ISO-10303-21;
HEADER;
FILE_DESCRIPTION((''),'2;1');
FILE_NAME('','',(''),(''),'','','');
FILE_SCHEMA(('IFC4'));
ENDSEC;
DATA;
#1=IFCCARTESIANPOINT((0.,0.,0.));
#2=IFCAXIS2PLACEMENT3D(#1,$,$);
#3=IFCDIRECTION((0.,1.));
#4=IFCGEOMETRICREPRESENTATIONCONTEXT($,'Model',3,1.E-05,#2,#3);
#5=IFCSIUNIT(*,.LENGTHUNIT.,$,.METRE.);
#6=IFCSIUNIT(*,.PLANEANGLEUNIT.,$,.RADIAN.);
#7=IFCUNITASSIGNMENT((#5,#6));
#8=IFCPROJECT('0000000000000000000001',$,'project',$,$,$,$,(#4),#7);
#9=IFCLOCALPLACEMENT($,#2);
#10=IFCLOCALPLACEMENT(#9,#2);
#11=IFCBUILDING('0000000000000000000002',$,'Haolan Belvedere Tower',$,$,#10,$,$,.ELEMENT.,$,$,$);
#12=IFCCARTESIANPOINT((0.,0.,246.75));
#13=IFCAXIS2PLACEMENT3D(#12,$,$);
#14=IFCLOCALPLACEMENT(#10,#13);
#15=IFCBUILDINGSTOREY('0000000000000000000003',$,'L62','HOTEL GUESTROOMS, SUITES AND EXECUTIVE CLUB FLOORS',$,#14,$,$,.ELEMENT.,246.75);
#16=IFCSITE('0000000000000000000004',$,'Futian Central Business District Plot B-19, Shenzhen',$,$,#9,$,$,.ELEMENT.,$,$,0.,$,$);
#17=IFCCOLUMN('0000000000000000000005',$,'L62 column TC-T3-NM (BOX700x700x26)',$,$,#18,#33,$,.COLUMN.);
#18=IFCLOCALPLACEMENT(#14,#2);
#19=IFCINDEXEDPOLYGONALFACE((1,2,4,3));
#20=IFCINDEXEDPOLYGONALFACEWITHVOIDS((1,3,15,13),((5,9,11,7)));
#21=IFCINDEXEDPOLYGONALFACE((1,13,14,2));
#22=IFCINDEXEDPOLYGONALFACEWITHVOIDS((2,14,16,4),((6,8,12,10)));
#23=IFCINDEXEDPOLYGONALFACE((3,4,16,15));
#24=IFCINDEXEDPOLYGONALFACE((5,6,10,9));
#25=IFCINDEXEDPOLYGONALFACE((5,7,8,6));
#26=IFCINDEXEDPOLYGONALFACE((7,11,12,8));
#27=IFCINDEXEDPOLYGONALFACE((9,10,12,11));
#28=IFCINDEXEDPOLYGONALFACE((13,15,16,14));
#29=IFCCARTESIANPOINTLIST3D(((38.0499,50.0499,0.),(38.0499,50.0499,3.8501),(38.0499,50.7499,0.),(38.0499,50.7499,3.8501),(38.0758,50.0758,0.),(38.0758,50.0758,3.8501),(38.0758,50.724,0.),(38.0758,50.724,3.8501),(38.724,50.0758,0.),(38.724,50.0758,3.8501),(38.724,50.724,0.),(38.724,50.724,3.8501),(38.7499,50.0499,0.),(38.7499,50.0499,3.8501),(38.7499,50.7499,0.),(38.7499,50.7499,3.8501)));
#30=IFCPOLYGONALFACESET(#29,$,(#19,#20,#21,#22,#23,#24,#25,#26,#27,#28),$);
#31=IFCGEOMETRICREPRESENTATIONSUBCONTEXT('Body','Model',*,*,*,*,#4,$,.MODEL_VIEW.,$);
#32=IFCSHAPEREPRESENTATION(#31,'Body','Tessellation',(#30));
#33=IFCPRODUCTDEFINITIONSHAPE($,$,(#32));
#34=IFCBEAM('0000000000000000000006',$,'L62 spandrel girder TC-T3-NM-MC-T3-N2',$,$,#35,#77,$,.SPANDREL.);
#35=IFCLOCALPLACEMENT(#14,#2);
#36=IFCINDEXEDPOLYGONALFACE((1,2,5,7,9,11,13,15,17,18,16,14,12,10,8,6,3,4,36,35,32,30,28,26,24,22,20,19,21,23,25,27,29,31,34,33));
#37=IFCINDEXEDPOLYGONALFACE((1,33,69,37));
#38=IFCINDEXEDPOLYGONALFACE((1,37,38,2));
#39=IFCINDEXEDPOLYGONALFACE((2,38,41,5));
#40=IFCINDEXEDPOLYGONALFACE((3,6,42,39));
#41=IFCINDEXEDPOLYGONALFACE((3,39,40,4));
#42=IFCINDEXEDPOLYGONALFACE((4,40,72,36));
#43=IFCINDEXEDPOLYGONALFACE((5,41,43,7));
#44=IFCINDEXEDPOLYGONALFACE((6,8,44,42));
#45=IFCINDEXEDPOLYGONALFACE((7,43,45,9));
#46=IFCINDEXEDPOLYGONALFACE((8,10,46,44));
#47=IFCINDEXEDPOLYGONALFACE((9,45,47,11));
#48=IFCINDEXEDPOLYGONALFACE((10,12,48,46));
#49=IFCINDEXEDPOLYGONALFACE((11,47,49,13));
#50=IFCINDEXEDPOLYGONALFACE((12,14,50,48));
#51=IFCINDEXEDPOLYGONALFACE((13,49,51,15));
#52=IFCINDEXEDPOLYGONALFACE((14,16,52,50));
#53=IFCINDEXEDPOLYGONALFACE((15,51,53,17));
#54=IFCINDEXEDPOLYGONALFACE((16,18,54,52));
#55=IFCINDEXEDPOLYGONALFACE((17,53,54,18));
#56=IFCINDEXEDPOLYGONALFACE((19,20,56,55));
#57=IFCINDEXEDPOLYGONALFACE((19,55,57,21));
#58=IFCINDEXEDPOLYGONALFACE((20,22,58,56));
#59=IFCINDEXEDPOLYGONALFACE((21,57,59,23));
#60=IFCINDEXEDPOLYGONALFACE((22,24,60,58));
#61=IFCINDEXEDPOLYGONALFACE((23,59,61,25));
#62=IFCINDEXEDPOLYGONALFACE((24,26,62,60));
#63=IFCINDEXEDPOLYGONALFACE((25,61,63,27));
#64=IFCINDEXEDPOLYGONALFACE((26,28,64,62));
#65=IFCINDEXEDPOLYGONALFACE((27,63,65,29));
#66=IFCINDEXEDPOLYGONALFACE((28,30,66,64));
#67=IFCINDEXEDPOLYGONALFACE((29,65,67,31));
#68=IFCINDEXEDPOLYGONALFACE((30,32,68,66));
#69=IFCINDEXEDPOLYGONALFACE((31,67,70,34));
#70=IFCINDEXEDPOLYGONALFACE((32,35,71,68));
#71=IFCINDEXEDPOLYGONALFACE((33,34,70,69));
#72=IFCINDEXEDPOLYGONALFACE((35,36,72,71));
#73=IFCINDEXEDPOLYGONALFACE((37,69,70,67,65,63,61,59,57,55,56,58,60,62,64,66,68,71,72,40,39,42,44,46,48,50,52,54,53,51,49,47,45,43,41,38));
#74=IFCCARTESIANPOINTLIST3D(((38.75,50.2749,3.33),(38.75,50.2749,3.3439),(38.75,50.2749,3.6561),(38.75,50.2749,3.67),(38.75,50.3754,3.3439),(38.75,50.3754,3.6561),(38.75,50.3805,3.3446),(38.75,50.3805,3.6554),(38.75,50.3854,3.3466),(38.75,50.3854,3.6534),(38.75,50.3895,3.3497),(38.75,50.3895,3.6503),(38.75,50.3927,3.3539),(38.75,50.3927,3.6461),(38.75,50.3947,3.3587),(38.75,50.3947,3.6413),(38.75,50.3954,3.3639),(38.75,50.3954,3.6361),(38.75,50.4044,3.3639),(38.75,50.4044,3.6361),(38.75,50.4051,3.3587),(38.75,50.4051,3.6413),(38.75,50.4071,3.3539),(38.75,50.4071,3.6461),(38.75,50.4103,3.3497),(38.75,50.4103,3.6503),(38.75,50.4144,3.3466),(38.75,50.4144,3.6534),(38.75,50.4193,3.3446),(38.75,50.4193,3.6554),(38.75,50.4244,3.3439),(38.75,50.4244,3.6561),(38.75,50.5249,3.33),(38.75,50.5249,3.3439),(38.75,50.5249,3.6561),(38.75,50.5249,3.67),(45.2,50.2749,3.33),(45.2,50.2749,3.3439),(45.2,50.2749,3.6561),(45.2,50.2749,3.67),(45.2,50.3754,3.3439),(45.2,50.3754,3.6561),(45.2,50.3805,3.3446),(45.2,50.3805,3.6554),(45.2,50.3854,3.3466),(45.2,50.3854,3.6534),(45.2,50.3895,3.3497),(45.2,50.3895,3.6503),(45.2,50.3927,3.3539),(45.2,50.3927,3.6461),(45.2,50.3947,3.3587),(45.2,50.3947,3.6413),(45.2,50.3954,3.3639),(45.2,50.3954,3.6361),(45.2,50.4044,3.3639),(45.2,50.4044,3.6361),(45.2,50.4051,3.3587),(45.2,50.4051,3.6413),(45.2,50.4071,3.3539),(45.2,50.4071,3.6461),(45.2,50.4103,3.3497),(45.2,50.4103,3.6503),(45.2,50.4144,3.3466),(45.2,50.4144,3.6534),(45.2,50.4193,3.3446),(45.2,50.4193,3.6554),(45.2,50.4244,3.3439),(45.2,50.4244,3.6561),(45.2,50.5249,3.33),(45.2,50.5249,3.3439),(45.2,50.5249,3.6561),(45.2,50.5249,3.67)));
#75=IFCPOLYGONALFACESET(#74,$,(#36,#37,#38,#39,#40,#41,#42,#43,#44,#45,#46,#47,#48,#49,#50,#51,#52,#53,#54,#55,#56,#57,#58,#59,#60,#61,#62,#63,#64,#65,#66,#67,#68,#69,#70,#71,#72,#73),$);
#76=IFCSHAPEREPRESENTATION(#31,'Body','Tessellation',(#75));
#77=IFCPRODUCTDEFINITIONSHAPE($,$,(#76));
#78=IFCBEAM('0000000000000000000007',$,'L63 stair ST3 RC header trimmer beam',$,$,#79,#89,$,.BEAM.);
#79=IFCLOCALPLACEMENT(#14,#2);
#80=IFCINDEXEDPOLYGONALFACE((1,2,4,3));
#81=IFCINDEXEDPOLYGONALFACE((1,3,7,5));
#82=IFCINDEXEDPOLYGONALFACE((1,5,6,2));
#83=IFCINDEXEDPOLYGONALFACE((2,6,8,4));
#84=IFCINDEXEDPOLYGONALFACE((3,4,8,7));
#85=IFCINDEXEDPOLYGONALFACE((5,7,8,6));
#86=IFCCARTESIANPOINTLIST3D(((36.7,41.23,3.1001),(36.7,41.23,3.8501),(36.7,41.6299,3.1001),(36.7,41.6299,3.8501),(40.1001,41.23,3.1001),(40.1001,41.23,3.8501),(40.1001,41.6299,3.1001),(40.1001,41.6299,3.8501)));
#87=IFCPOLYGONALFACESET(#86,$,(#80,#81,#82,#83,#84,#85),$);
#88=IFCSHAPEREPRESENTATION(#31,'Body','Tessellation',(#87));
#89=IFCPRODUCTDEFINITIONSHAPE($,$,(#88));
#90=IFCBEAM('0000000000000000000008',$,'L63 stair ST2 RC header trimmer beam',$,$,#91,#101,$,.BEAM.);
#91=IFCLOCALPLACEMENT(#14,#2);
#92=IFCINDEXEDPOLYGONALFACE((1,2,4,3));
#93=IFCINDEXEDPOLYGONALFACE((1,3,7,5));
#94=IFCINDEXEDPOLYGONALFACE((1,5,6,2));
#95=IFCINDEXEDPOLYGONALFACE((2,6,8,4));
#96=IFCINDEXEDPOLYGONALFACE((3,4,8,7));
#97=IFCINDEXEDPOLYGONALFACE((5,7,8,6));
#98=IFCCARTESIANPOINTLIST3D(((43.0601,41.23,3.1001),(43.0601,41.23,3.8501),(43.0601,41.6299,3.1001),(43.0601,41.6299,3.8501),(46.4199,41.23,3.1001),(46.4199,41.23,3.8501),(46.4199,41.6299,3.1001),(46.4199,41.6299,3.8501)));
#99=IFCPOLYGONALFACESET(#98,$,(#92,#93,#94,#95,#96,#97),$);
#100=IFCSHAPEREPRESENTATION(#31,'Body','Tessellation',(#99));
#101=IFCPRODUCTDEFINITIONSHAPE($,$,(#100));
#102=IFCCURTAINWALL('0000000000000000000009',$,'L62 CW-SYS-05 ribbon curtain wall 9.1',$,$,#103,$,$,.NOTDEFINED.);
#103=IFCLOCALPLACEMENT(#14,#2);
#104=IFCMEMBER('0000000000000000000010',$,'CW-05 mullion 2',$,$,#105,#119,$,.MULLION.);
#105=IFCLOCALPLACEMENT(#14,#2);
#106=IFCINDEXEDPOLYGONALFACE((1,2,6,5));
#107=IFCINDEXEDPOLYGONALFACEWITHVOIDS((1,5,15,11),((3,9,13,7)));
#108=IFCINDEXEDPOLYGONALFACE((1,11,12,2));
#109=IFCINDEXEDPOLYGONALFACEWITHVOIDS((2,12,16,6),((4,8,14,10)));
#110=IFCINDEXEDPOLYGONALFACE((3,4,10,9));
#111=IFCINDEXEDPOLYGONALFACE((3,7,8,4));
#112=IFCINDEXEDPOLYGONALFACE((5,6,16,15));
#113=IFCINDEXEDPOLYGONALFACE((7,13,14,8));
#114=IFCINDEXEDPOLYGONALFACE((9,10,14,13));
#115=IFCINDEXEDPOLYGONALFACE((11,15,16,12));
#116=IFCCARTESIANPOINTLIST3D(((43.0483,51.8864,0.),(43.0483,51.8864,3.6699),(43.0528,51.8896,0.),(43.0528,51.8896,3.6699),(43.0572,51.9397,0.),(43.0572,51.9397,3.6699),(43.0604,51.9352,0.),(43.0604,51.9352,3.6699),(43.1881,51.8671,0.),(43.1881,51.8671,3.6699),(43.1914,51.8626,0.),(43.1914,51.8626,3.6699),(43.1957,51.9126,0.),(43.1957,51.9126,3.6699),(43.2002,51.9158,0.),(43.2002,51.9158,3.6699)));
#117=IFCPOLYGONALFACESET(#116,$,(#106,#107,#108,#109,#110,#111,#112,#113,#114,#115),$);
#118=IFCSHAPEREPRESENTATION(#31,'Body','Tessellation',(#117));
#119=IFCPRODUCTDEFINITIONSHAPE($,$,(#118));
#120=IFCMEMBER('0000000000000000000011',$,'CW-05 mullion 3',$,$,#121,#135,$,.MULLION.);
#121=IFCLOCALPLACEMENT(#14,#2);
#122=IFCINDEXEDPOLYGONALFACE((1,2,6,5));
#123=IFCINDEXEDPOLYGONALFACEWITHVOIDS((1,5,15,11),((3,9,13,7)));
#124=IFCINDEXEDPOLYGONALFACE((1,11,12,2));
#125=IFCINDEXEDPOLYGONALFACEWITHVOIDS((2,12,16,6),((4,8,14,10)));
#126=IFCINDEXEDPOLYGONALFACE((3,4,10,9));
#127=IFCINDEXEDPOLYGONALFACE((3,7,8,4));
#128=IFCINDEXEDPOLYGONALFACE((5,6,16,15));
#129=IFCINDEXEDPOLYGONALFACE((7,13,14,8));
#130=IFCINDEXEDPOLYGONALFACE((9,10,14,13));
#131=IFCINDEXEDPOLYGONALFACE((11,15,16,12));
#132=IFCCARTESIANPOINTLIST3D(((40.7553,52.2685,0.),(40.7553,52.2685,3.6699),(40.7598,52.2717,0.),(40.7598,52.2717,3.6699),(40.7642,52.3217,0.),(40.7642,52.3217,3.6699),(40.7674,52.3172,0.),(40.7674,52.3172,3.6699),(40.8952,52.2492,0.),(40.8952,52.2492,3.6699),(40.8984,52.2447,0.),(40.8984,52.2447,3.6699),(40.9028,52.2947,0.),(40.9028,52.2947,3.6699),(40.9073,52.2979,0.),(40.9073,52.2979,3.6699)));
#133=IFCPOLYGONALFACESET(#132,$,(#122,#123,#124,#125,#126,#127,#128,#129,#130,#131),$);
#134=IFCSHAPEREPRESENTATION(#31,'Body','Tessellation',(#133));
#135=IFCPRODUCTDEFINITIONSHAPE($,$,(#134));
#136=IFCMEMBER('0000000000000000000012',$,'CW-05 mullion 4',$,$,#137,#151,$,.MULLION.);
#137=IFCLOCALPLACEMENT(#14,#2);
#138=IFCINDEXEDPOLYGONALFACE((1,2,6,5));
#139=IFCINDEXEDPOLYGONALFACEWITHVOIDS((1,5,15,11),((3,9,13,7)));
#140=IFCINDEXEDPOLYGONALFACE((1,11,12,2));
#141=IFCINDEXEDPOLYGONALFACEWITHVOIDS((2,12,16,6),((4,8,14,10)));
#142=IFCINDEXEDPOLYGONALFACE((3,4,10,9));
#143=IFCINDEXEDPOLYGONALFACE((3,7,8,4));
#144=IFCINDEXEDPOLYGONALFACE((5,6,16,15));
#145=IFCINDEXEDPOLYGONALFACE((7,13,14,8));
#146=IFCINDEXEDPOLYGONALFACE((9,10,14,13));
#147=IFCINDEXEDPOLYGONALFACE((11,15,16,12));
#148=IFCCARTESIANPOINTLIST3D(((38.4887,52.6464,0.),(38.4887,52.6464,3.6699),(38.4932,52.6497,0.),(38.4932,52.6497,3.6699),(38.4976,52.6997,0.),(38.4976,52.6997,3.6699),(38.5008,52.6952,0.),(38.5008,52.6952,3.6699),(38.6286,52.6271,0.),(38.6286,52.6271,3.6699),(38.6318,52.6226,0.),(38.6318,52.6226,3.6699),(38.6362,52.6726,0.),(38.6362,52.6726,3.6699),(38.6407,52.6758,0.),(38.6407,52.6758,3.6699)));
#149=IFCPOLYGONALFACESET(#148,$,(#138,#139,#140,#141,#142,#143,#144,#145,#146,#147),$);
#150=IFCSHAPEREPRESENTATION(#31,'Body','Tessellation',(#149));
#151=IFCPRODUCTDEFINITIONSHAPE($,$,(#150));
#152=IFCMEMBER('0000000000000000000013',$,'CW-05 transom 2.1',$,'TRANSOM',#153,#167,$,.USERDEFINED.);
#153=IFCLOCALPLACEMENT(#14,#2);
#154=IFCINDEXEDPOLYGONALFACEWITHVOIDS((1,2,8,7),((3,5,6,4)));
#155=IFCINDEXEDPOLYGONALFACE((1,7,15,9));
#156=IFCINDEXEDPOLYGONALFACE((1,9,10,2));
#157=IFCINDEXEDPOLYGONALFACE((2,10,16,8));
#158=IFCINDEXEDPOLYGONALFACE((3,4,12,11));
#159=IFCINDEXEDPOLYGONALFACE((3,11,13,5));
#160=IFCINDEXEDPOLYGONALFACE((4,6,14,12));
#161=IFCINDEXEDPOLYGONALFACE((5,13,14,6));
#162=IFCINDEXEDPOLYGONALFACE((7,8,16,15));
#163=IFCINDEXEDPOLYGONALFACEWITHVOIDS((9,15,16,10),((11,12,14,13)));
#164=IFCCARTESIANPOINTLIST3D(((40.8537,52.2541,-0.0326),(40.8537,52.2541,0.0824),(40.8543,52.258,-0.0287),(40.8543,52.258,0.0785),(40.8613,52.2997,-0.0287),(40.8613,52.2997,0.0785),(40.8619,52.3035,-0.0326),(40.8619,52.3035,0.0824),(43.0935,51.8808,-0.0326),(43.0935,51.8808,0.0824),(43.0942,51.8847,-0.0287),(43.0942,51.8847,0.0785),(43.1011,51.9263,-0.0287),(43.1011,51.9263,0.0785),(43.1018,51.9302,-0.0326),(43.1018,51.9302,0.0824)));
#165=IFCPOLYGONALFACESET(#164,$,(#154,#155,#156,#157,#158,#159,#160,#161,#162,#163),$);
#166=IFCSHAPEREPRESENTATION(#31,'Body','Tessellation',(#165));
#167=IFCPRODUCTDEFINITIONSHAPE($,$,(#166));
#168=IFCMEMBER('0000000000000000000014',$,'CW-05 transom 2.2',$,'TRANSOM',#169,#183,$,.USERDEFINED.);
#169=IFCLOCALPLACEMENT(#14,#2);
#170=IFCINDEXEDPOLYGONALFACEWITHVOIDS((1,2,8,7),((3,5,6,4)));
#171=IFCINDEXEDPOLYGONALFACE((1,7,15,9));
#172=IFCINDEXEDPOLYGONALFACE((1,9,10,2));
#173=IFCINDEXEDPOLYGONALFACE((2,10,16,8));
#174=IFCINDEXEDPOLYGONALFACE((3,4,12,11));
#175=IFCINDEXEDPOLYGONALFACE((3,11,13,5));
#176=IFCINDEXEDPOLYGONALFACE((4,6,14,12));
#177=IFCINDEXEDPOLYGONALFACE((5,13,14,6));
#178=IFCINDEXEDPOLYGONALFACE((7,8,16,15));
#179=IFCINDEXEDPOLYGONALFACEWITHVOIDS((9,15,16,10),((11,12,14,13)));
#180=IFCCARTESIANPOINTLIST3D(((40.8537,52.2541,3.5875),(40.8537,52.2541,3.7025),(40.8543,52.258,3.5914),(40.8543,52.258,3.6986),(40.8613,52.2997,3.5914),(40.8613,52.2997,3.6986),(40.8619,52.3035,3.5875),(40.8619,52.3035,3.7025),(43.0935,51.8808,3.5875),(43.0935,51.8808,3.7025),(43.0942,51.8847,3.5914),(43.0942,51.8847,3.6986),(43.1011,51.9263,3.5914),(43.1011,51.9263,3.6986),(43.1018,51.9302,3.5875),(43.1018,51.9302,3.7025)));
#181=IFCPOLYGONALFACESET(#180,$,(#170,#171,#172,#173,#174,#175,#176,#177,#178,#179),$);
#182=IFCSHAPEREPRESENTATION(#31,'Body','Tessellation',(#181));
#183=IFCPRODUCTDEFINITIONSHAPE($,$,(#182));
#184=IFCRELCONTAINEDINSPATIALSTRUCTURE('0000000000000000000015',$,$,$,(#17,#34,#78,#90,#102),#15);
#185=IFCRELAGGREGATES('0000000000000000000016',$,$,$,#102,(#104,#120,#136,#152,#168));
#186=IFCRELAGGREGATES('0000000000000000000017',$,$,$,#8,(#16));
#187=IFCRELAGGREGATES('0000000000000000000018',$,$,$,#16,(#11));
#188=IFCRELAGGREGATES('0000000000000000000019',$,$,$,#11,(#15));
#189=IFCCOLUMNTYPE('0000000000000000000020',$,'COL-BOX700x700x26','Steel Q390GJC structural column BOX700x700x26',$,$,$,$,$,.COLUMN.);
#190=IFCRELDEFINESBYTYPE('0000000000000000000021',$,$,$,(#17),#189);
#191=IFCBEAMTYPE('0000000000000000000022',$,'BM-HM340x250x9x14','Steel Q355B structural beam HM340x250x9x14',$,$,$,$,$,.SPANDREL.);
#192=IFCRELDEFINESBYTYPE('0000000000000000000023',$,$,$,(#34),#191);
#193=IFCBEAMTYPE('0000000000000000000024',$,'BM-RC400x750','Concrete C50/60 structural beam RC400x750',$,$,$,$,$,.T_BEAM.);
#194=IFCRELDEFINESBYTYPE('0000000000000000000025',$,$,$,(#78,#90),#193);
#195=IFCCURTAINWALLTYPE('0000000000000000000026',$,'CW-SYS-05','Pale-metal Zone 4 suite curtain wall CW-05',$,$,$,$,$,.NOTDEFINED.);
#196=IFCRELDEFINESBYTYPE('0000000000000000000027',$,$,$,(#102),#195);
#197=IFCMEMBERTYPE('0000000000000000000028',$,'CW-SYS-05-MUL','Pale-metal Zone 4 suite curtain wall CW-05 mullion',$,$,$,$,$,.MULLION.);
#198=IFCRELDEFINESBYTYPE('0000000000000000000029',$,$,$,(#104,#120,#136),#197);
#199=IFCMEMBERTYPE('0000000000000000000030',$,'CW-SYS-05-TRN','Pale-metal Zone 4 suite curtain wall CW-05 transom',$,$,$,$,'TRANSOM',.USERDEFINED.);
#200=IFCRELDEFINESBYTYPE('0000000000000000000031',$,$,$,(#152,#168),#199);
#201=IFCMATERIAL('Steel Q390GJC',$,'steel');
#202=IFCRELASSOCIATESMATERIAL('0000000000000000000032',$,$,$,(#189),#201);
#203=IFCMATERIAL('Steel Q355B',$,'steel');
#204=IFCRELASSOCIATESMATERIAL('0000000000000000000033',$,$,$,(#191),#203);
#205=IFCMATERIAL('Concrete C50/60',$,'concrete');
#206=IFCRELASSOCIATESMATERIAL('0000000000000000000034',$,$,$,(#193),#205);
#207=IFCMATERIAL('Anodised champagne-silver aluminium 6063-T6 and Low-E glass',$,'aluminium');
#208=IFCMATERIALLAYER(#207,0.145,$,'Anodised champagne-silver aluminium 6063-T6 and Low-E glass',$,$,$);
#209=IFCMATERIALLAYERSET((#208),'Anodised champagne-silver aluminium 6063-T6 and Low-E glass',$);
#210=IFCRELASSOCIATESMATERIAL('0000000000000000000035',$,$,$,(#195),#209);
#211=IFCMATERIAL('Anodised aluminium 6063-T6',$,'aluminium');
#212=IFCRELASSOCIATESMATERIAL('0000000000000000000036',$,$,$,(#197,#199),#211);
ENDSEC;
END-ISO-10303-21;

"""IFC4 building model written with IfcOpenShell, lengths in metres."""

from ifc_helpers import new_model, si_unit, direction, frame, origin, origin_2d, place, context, subcontext, project, spatial, rectangle, hollow_rectangle, i_section, extrude, material, layer, layer_set, material_profile, profile_set, type_object, element, aggregate, save


model = new_model("IFC4")

# Units and contexts
model_context = context("Model", 3, precision=1e-05, world=origin(), true_north=direction((0.0, 1.0)))
body_context = subcontext(model_context, "Body", "Model", "MODEL_VIEW")
ifc_project = project(units=[si_unit("LENGTHUNIT", "METRE"), si_unit("PLANEANGLEUNIT", "RADIAN")], contexts=[model_context])

# Site, building, storey
site_placement = place(None, origin())
site = spatial("IfcSite", under=ifc_project, at=site_placement, Name="Futian Central Business District Plot B-19, Shenzhen", CompositionType="ELEMENT", RefElevation=0.0)
building_placement = place(site_placement, origin())
building = spatial("IfcBuilding", under=site, at=building_placement, Name="Haolan Belvedere Tower", CompositionType="ELEMENT")
storey_placement = place(building_placement, frame((0.0, 0.0, 246.75)))
storey = spatial("IfcBuildingStorey", under=building, at=storey_placement, Name="L62", Description="HOTEL GUESTROOMS, SUITES AND EXECUTIVE CLUB FLOORS", CompositionType="ELEMENT", Elevation=246.75)

# Column
ifc_material_1 = material(Name="Steel Q390GJC", Category="steel")
ifc_material_profile_1 = material_profile(ifc_material_1, hollow_rectangle(XDim=0.7, YDim=0.7, WallThickness=0.0259, at=origin_2d()), Name="Steel Q390GJC")
ifc_profile_set_1 = profile_set([ifc_material_profile_1], Name="Steel Q390GJC")
column_type = type_object("IfcColumnType", Name="COL-BOX700x700x26", Description="Steel Q390GJC structural column BOX700x700x26", PredefinedType="COLUMN", material=ifc_profile_set_1)
column_placement = place(storey_placement, frame((38.3999, 50.3999, 0.0), z_axis=(0.0, 0.0, 1.0), x_axis=(1.0, 0.0, 0.0)))
element("IfcColumn", 1, at=column_placement, inside=storey, type_object=column_type, Name="L62 column TC-T3-NM (BOX700x700x26)", PredefinedType="COLUMN", context=body_context, shape_type="SweptSolid", body=[
    extrude(hollow_rectangle(XDim=0.7, YDim=0.7, WallThickness=0.0259, at=origin_2d()), origin(), (0.0, 0.0, 1.0), 3.8501),
])

# Beams
ifc_material_2 = material(Name="Steel Q355B", Category="steel")
ifc_material_profile_2 = material_profile(ifc_material_2, i_section(OverallWidth=0.25, OverallDepth=0.3401, WebThickness=0.009, FlangeThickness=0.0139, FilletRadius=0.02, at=origin_2d()), Name="Steel Q355B")
ifc_profile_set_2 = profile_set([ifc_material_profile_2], Name="Steel Q355B")
beam_type_1 = type_object("IfcBeamType", Name="BM-HM340x250x9x14", Description="Steel Q355B structural beam HM340x250x9x14", PredefinedType="SPANDREL", material=ifc_profile_set_2)
beam_1_placement = place(storey_placement, frame((38.75, 50.3999, 3.5), z_axis=(1.0, 0.0, 0.0), x_axis=(0.0, 1.0, 0.0)))
element("IfcBeam", 2, at=beam_1_placement, inside=storey, type_object=beam_type_1, Name="L62 spandrel girder TC-T3-NM-MC-T3-N2", PredefinedType="SPANDREL", context=body_context, shape_type="SweptSolid", body=[
    extrude(i_section(OverallWidth=0.25, OverallDepth=0.3401, WebThickness=0.009, FlangeThickness=0.0139, FilletRadius=0.02, at=origin_2d()), origin(), (0.0, 0.0, 1.0), 6.45),
])
ifc_material_3 = material(Name="Concrete C50/60", Category="concrete")
ifc_material_profile_3 = material_profile(ifc_material_3, rectangle(XDim=0.3999, YDim=0.75, at=origin_2d()), Name="Concrete C50/60")
ifc_profile_set_3 = profile_set([ifc_material_profile_3], Name="Concrete C50/60")
beam_type_2 = type_object("IfcBeamType", Name="BM-RC400x750", Description="Concrete C50/60 structural beam RC400x750", PredefinedType="T_BEAM", material=ifc_profile_set_3)
beam_2_placement = place(storey_placement, frame((36.7, 41.4299, 3.4751), z_axis=(1.0, 0.0, 0.0), x_axis=(0.0, 1.0, 0.0)))
element("IfcBeam", 3, at=beam_2_placement, inside=storey, type_object=beam_type_2, Name="L63 stair ST3 RC header trimmer beam", PredefinedType="BEAM", context=body_context, shape_type="SweptSolid", body=[
    extrude(rectangle(XDim=0.3999, YDim=0.75, at=origin_2d()), origin(), (0.0, 0.0, 1.0), 3.4001),
])
beam_3_placement = place(storey_placement, frame((43.0601, 41.4299, 3.4751), z_axis=(1.0, 0.0, 0.0), x_axis=(0.0, 1.0, 0.0)))
element("IfcBeam", 4, at=beam_3_placement, inside=storey, type_object=beam_type_2, Name="L63 stair ST2 RC header trimmer beam", PredefinedType="BEAM", context=body_context, shape_type="SweptSolid", body=[
    extrude(rectangle(XDim=0.3999, YDim=0.75, at=origin_2d()), origin(), (0.0, 0.0, 1.0), 3.3599),
])

# Curtain wall, members
ifc_material_4 = material(Name="Anodised champagne-silver aluminium 6063-T6 and Low-E glass", Category="aluminium")
ifc_layer_1 = layer(ifc_material_4, 0.145, Name="Anodised champagne-silver aluminium 6063-T6 and Low-E glass")
ifc_layer_set_1 = layer_set([ifc_layer_1], Name="Anodised champagne-silver aluminium 6063-T6 and Low-E glass")
curtain_wall_type = type_object("IfcCurtainWallType", Name="CW-SYS-05", Description="Pale-metal Zone 4 suite curtain wall CW-05", PredefinedType="NOTDEFINED", material=ifc_layer_set_1)
curtain_wall_placement = place(storey_placement, origin())
curtain_wall = element("IfcCurtainWall", 5, at=curtain_wall_placement, inside=storey, type_object=curtain_wall_type, Name="L62 CW-SYS-05 ribbon curtain wall 9.1", PredefinedType="NOTDEFINED")
ifc_material_5 = material(Name="Anodised aluminium 6063-T6", Category="aluminium")
ifc_material_profile_4 = material_profile(ifc_material_5, hollow_rectangle(XDim=0.054, YDim=0.145, WallThickness=0.0039, at=origin_2d()), Name="Anodised aluminium 6063-T6")
ifc_profile_set_4 = profile_set([ifc_material_profile_4], Name="Anodised aluminium 6063-T6")
member_type_1 = type_object("IfcMemberType", Name="CW-SYS-05-MUL", Description="Pale-metal Zone 4 suite curtain wall CW-05 mullion", PredefinedType="MULLION", material=ifc_profile_set_4)
member_1_placement = place(storey_placement, frame((43.1243, 51.9011, 0.0), z_axis=(0.0, 0.0, 1.0), x_axis=(-0.164406, -0.986393, 0.0)))
member_1 = element("IfcMember", 6, at=member_1_placement, type_object=member_type_1, Name="CW-05 mullion 2", PredefinedType="MULLION", context=body_context, shape_type="SweptSolid", body=[
    extrude(hollow_rectangle(XDim=0.054, YDim=0.145, WallThickness=0.0039, at=origin_2d()), origin(), (0.0, 0.0, 1.0), 3.6699),
])
member_2_placement = place(storey_placement, frame((40.8313, 52.2832, 0.0), z_axis=(0.0, 0.0, 1.0), x_axis=(-0.164406, -0.986393, 0.0)))
member_2 = element("IfcMember", 7, at=member_2_placement, type_object=member_type_1, Name="CW-05 mullion 3", PredefinedType="MULLION", context=body_context, shape_type="SweptSolid", body=[
    extrude(hollow_rectangle(XDim=0.054, YDim=0.145, WallThickness=0.0039, at=origin_2d()), origin(), (0.0, 0.0, 1.0), 3.6699),
])
member_3_placement = place(storey_placement, frame((38.5647, 52.6611, 0.0), z_axis=(0.0, 0.0, 1.0), x_axis=(-0.164406, -0.986393, 0.0)))
member_3 = element("IfcMember", 8, at=member_3_placement, type_object=member_type_1, Name="CW-05 mullion 4", PredefinedType="MULLION", context=body_context, shape_type="SweptSolid", body=[
    extrude(hollow_rectangle(XDim=0.054, YDim=0.145, WallThickness=0.0039, at=origin_2d()), origin(), (0.0, 0.0, 1.0), 3.6699),
])
ifc_material_profile_5 = material_profile(ifc_material_5, hollow_rectangle(XDim=0.05, YDim=0.115, WallThickness=0.0039, at=origin_2d()), Name="Anodised aluminium 6063-T6")
ifc_profile_set_5 = profile_set([ifc_material_profile_5], Name="Anodised aluminium 6063-T6")
member_type_2 = type_object("IfcMemberType", Name="CW-SYS-05-TRN", Description="Pale-metal Zone 4 suite curtain wall CW-05 transom", ElementType="TRANSOM", PredefinedType="USERDEFINED", material=ifc_profile_set_5)
member_4_placement = place(storey_placement, frame((43.0977, 51.9055, 0.0249), z_axis=(-0.986394, 0.164399, 0.0), x_axis=(-0.164399, -0.986394, 0.0)))
member_4 = element("IfcMember", 9, at=member_4_placement, type_object=member_type_2, Name="CW-05 transom 2.1", ObjectType="TRANSOM", PredefinedType="USERDEFINED", context=body_context, shape_type="SweptSolid", body=[
    extrude(hollow_rectangle(XDim=0.05, YDim=0.115, WallThickness=0.0039, at=origin_2d()), origin(), (0.0, 0.0, 1.0), 2.2708),
])
member_5_placement = place(storey_placement, frame((43.0977, 51.9055, 3.645), z_axis=(-0.986394, 0.164399, 0.0), x_axis=(-0.164399, -0.986394, 0.0)))
member_5 = element("IfcMember", 10, at=member_5_placement, type_object=member_type_2, Name="CW-05 transom 2.2", ObjectType="TRANSOM", PredefinedType="USERDEFINED", context=body_context, shape_type="SweptSolid", body=[
    extrude(hollow_rectangle(XDim=0.05, YDim=0.115, WallThickness=0.0039, at=origin_2d()), origin(), (0.0, 0.0, 1.0), 2.2708),
])
aggregate(curtain_wall, [member_1, member_2, member_3, member_4, member_5])

save(model, "model.ifc")
